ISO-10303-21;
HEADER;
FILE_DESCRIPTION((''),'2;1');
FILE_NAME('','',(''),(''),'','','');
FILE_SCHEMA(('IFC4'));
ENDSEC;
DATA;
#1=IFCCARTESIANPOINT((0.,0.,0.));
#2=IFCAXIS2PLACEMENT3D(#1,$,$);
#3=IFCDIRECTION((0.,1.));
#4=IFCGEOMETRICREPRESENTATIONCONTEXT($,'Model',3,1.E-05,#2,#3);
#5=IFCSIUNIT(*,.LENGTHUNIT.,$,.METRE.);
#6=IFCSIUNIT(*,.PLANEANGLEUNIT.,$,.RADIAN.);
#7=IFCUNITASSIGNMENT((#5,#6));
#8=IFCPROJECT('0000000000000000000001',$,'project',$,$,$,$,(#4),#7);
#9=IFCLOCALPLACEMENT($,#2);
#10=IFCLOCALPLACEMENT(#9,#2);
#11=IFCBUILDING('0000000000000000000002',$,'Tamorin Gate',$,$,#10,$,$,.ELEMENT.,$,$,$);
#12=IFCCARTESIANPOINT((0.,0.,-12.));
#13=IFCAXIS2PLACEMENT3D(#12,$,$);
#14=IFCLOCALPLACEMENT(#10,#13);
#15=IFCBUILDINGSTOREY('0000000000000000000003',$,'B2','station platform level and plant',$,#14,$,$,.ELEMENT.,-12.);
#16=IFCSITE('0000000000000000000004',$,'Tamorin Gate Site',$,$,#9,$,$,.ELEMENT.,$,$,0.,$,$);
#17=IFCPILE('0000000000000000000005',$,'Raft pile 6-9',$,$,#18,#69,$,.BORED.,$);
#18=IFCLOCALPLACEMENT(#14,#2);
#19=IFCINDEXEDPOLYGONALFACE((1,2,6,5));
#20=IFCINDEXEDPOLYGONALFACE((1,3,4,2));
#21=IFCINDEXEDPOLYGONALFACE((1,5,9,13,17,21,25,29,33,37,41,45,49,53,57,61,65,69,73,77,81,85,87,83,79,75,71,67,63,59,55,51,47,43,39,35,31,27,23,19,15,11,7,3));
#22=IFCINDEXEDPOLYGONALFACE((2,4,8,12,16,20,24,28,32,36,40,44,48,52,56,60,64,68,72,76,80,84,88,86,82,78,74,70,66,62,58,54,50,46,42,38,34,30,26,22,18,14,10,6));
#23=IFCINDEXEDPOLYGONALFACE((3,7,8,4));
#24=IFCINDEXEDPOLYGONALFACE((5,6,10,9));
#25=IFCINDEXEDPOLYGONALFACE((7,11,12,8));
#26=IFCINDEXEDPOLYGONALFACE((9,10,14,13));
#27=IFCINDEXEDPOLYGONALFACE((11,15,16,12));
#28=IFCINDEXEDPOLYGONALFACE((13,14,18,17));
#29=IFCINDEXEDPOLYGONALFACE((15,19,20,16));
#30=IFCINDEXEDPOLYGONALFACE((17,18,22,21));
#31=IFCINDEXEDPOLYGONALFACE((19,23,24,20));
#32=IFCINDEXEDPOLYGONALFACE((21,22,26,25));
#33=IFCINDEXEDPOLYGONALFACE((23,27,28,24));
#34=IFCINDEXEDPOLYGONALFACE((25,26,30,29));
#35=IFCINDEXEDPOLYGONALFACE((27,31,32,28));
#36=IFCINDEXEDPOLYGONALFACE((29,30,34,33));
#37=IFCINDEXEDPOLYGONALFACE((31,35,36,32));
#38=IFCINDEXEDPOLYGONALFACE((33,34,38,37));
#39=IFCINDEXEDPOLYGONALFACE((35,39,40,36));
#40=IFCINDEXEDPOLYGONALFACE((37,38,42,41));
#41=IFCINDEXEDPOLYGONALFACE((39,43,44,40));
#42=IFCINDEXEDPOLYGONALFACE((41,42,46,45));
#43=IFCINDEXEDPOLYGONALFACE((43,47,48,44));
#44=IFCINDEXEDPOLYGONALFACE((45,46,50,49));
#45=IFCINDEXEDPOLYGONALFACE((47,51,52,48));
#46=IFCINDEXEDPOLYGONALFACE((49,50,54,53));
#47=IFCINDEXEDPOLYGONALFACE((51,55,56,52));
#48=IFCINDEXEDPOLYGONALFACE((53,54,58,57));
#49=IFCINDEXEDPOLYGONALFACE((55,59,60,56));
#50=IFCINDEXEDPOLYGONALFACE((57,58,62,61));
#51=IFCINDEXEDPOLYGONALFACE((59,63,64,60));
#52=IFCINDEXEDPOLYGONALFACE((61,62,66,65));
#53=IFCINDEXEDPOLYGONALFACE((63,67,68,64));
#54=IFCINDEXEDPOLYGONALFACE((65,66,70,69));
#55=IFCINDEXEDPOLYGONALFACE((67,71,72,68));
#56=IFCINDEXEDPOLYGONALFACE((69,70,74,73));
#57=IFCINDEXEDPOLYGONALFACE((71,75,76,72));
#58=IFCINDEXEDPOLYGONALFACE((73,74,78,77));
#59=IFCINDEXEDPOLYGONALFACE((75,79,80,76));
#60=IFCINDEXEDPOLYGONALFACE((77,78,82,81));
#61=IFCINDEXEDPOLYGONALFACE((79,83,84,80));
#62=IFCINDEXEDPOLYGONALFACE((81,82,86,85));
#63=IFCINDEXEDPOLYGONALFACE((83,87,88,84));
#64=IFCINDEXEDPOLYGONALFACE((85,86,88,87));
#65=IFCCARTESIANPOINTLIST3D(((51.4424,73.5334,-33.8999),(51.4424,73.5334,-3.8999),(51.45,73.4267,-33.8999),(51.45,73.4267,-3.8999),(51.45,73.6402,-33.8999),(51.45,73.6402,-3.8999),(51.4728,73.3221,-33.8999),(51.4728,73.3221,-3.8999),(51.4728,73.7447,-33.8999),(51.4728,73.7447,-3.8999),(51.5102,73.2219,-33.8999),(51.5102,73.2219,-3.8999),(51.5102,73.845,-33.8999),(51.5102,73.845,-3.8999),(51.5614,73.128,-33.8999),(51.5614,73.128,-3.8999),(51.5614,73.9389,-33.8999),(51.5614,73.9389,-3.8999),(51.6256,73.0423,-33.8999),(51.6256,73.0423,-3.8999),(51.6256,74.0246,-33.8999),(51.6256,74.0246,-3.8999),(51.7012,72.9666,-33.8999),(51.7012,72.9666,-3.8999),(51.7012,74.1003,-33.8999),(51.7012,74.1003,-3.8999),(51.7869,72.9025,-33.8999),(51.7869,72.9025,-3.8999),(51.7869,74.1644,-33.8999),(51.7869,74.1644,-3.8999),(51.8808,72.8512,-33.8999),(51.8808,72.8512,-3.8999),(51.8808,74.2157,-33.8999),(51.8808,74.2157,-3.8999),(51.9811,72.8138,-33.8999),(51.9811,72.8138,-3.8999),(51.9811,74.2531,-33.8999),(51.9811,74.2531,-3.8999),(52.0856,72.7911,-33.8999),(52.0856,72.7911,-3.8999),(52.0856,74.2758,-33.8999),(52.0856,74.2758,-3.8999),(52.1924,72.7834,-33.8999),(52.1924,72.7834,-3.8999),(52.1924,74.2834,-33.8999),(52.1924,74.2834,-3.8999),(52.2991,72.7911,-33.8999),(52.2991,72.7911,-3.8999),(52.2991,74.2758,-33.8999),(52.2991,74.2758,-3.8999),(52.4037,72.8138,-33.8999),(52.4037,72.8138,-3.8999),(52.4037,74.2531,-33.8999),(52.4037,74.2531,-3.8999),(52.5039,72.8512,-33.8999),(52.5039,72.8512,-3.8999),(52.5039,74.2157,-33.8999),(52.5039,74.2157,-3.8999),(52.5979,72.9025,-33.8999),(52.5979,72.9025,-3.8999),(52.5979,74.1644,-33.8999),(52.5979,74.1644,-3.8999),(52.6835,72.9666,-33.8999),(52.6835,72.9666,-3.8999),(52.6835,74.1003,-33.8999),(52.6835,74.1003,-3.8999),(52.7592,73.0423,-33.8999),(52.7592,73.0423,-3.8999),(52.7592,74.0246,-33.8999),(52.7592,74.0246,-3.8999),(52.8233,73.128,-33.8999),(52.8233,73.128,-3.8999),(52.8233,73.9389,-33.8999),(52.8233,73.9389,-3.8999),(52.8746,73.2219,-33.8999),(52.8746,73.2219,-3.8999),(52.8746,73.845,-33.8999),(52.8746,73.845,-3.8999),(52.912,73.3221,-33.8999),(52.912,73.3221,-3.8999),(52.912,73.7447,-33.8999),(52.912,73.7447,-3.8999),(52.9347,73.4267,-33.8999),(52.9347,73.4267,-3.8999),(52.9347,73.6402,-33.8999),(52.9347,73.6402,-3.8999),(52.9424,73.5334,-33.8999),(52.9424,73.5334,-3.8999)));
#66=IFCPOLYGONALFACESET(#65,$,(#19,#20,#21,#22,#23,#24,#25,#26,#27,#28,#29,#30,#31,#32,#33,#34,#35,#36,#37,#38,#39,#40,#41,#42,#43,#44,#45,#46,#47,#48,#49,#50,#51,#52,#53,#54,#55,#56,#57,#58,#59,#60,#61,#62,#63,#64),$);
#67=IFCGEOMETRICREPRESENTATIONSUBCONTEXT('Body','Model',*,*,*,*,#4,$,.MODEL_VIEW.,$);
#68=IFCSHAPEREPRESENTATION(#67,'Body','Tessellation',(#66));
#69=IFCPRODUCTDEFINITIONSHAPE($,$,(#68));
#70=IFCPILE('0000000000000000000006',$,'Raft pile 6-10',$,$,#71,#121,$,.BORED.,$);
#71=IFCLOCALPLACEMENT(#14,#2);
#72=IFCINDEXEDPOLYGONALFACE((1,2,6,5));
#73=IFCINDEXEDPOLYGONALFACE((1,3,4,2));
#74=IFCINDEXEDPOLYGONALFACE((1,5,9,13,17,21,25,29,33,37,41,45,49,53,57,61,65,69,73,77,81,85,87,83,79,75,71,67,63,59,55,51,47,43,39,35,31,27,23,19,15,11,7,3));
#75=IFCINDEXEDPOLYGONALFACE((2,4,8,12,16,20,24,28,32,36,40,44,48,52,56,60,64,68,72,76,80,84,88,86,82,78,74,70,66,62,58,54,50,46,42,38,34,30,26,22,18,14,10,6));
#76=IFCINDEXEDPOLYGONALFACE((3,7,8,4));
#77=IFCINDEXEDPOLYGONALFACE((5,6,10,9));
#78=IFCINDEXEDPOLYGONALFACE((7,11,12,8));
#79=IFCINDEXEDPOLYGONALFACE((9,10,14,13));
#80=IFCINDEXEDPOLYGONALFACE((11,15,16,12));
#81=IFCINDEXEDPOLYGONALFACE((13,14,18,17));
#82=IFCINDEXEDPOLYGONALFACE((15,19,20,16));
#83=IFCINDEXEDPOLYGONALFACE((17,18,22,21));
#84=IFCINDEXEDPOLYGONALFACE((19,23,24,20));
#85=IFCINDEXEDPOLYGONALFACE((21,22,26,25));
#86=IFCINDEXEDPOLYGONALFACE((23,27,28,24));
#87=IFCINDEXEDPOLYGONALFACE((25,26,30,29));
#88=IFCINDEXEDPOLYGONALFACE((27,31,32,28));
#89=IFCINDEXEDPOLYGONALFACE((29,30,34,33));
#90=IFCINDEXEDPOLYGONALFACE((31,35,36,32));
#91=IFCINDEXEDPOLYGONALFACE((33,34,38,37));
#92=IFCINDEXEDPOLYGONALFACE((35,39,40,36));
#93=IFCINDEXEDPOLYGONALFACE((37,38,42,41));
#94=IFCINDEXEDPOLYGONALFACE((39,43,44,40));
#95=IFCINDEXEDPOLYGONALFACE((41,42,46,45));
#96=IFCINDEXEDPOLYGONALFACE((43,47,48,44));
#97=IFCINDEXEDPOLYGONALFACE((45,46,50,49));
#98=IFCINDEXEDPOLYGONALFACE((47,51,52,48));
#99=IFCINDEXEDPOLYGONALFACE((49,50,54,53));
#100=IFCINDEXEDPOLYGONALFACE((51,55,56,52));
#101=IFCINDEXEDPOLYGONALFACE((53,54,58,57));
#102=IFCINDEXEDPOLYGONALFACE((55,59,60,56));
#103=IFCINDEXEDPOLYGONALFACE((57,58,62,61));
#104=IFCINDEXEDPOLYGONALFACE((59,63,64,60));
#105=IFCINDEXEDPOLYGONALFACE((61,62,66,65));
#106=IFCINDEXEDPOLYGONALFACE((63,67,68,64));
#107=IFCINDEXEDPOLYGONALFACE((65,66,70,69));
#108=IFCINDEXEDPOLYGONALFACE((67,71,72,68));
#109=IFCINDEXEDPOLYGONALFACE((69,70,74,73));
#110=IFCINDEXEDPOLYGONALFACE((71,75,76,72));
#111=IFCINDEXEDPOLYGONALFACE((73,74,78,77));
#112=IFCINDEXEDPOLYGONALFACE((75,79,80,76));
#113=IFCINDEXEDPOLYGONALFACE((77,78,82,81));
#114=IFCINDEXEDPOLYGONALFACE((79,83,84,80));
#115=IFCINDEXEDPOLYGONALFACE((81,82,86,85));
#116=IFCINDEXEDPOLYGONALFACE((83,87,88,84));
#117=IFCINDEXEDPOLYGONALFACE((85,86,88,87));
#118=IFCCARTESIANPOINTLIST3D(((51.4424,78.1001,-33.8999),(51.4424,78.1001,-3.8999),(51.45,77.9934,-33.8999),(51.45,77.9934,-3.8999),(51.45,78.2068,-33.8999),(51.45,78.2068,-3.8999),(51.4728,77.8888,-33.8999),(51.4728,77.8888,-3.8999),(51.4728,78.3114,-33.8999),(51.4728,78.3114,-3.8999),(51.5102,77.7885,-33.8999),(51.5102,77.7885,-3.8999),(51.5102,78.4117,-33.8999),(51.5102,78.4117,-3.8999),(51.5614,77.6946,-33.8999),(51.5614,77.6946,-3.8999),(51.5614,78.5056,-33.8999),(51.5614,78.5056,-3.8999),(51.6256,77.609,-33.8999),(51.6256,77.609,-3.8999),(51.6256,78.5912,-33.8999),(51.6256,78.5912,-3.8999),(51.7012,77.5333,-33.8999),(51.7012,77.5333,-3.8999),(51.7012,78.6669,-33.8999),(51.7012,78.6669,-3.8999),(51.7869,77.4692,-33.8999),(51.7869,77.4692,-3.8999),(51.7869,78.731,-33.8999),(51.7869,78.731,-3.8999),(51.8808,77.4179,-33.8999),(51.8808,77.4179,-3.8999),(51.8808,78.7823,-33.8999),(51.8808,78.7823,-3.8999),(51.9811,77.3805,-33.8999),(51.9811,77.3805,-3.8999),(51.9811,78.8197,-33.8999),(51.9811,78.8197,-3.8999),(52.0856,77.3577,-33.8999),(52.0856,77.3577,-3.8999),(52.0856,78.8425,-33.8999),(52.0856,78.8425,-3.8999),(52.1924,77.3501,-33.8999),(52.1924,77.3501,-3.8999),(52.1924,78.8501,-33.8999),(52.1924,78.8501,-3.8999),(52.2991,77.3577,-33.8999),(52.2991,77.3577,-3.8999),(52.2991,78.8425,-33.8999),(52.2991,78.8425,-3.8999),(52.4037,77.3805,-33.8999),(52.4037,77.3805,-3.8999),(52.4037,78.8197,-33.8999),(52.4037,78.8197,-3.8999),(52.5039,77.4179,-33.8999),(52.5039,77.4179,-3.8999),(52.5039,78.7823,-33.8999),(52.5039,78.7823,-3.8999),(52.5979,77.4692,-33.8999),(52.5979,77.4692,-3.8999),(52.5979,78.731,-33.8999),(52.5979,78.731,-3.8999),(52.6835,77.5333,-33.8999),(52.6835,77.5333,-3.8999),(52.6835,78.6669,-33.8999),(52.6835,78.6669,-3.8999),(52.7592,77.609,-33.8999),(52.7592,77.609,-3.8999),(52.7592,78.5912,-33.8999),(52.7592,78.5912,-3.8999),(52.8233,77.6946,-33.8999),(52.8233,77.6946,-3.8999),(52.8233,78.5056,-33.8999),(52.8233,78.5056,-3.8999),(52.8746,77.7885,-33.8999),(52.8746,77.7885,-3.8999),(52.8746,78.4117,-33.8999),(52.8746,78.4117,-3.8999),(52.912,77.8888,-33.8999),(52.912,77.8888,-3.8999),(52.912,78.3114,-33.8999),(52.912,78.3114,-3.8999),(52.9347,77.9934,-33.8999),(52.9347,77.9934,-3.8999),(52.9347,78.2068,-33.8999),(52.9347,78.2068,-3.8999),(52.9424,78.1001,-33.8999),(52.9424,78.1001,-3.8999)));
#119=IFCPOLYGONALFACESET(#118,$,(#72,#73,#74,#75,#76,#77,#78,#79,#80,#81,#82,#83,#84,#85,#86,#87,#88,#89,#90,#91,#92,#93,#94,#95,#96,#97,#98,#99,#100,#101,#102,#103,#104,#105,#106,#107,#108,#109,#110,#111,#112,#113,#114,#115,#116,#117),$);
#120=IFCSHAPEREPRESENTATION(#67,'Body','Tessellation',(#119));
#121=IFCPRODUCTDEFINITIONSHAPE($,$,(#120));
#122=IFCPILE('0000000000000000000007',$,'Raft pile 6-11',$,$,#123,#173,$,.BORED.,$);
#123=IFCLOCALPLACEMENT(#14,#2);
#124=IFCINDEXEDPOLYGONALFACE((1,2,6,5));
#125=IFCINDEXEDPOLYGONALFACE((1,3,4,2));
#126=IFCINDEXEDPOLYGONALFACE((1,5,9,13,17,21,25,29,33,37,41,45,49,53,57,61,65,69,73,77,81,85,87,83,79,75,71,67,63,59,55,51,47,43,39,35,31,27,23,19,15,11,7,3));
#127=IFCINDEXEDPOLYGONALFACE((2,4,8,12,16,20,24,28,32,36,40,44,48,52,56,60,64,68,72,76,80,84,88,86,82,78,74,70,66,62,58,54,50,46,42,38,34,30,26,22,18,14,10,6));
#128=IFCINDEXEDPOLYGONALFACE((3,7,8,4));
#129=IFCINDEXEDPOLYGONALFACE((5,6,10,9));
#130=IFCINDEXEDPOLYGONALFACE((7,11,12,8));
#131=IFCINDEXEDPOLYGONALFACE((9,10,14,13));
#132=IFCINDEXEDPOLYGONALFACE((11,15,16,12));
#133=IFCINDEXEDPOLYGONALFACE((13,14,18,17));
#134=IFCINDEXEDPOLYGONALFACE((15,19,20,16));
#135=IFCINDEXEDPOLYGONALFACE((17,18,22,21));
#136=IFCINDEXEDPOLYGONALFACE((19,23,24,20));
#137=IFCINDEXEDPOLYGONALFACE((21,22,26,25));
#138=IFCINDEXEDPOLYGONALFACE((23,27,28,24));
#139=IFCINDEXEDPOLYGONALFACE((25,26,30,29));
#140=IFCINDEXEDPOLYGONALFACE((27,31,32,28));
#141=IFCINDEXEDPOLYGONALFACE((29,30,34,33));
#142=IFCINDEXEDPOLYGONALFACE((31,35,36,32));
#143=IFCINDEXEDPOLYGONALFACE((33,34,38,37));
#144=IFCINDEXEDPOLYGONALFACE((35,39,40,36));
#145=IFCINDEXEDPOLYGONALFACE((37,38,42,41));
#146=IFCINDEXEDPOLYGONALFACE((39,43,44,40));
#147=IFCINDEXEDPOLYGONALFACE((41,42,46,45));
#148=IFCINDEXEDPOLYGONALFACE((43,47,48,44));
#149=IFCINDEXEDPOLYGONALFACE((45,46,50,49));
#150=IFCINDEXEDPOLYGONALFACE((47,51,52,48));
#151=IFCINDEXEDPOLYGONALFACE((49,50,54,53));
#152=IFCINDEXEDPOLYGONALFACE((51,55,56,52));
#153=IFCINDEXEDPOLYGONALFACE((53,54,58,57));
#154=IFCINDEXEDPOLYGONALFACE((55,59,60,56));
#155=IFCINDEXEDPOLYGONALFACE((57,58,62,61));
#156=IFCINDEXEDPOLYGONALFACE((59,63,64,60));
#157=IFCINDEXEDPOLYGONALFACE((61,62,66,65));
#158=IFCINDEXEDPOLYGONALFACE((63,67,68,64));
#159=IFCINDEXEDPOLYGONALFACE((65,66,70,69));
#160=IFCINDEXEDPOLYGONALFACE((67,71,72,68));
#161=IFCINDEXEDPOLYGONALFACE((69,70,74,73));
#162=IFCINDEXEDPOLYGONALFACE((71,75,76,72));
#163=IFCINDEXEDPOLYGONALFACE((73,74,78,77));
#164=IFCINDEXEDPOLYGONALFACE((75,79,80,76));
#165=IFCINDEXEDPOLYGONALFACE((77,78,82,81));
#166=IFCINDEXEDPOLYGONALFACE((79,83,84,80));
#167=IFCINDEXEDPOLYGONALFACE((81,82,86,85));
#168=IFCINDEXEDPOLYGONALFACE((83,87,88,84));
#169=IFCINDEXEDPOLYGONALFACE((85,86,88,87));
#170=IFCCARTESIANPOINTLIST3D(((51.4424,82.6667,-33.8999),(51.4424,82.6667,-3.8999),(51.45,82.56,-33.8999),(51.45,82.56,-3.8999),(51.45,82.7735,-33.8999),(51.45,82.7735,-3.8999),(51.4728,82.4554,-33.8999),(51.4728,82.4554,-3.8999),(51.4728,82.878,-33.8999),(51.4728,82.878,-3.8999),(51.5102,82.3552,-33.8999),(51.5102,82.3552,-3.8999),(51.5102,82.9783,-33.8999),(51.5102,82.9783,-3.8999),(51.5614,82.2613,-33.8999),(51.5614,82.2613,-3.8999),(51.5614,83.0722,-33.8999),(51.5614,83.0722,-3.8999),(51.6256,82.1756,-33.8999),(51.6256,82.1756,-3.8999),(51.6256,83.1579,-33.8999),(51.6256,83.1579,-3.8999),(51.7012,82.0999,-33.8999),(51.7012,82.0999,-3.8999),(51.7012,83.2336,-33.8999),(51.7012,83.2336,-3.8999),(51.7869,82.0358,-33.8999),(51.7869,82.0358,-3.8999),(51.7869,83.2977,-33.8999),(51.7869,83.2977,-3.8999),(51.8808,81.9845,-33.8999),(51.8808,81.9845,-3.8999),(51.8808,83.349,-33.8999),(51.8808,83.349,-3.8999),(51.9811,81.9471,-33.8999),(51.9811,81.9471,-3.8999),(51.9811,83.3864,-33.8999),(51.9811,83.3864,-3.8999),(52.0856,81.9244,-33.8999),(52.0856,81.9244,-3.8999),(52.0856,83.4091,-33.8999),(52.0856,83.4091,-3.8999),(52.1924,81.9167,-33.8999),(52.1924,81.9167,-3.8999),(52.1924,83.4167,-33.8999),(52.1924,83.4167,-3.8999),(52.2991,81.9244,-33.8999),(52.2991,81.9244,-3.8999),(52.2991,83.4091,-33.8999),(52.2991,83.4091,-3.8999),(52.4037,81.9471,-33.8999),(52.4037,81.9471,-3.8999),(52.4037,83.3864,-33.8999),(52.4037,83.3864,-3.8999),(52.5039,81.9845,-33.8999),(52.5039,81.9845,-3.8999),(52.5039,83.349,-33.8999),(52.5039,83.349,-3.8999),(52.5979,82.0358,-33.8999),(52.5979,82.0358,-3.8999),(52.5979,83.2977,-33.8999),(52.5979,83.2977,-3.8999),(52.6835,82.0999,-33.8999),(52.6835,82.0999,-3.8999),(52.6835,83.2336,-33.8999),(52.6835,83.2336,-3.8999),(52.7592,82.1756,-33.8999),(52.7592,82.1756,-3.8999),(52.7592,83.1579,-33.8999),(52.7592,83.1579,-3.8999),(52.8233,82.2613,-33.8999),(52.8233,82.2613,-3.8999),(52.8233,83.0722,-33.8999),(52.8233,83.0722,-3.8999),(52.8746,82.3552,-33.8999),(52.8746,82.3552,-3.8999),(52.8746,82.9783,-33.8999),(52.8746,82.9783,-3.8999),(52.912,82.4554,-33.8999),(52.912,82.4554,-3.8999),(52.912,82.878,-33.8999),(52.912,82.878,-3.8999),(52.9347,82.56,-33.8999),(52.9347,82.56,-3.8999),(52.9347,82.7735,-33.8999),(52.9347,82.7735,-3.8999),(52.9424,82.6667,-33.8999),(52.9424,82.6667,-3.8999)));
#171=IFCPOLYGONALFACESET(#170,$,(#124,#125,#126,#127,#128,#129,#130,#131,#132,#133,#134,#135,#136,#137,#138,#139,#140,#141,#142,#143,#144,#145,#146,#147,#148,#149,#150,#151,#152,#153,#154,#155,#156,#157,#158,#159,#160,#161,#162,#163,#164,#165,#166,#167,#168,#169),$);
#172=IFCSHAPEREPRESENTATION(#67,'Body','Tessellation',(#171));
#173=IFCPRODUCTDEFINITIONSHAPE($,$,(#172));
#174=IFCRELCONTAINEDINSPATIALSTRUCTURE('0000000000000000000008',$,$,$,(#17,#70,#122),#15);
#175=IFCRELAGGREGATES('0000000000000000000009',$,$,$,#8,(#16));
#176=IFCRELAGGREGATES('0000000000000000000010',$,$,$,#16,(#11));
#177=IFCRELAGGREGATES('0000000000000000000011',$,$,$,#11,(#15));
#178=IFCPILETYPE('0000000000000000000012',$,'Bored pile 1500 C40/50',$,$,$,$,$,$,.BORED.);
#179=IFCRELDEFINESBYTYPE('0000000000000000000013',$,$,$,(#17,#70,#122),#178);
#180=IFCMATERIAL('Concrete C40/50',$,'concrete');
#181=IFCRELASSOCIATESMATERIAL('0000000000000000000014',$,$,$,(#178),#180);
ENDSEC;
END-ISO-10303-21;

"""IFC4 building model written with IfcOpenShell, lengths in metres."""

from ifc_helpers import new_model, si_unit, direction, frame, origin, origin_2d, place, context, subcontext, project, spatial, circle, extrude, material, material_profile, profile_set, type_object, element, save


model = new_model("IFC4")

# Units and contexts
model_context = context("Model", 3, precision=1e-05, world=origin(), true_north=direction((0.0, 1.0)))
body_context = subcontext(model_context, "Body", "Model", "MODEL_VIEW")
ifc_project = project(units=[si_unit("LENGTHUNIT", "METRE"), si_unit("PLANEANGLEUNIT", "RADIAN")], contexts=[model_context])

# Site, building, storey
site_placement = place(None, origin())
site = spatial("IfcSite", under=ifc_project, at=site_placement, Name="Tamorin Gate Site", CompositionType="ELEMENT", RefElevation=0.0)
building_placement = place(site_placement, origin())
building = spatial("IfcBuilding", under=site, at=building_placement, Name="Tamorin Gate", CompositionType="ELEMENT")
storey_placement = place(building_placement, frame((0.0, 0.0, -12.0)))
storey = spatial("IfcBuildingStorey", under=building, at=storey_placement, Name="B2", Description="station platform level and plant", CompositionType="ELEMENT", Elevation=-12.0)

# Piles
ifc_material_1 = material(Name="Concrete C40/50", Category="concrete")
ifc_material_profile_1 = material_profile(ifc_material_1, circle(Radius=0.75, at=origin_2d()))
ifc_profile_set_1 = profile_set([ifc_material_profile_1], Name="Concrete C40/50")
pile_type = type_object("IfcPileType", Name="Bored pile 1500 C40/50", PredefinedType="BORED", material=ifc_profile_set_1)
for number, where, z_axis, x_axis, name in (
    (1, (52.1924, 73.5334, -3.8999), (0.0, 0.0, -1.0), (1.0, 0.0, 0.0), "Raft pile 6-9"),
    (2, (52.1924, 78.1001, -3.8999), (0.0, 0.0, -1.0), (1.0, 0.0, 0.0), "Raft pile 6-10"),
    (3, (52.1924, 82.6667, -3.8999), (0.0, 0.0, -1.0), (1.0, 0.0, 0.0), "Raft pile 6-11"),
):
    element("IfcPile", number, at=place(storey_placement, frame(where, z_axis=z_axis, x_axis=x_axis)), inside=storey, type_object=pile_type, Name=name, PredefinedType="BORED", context=body_context, shape_type="SweptSolid", body=[
        extrude(circle(Radius=0.75, at=origin_2d()), origin(), (0.0, 0.0, 1.0), 30.0),
    ])

save(model, "model.ifc")
